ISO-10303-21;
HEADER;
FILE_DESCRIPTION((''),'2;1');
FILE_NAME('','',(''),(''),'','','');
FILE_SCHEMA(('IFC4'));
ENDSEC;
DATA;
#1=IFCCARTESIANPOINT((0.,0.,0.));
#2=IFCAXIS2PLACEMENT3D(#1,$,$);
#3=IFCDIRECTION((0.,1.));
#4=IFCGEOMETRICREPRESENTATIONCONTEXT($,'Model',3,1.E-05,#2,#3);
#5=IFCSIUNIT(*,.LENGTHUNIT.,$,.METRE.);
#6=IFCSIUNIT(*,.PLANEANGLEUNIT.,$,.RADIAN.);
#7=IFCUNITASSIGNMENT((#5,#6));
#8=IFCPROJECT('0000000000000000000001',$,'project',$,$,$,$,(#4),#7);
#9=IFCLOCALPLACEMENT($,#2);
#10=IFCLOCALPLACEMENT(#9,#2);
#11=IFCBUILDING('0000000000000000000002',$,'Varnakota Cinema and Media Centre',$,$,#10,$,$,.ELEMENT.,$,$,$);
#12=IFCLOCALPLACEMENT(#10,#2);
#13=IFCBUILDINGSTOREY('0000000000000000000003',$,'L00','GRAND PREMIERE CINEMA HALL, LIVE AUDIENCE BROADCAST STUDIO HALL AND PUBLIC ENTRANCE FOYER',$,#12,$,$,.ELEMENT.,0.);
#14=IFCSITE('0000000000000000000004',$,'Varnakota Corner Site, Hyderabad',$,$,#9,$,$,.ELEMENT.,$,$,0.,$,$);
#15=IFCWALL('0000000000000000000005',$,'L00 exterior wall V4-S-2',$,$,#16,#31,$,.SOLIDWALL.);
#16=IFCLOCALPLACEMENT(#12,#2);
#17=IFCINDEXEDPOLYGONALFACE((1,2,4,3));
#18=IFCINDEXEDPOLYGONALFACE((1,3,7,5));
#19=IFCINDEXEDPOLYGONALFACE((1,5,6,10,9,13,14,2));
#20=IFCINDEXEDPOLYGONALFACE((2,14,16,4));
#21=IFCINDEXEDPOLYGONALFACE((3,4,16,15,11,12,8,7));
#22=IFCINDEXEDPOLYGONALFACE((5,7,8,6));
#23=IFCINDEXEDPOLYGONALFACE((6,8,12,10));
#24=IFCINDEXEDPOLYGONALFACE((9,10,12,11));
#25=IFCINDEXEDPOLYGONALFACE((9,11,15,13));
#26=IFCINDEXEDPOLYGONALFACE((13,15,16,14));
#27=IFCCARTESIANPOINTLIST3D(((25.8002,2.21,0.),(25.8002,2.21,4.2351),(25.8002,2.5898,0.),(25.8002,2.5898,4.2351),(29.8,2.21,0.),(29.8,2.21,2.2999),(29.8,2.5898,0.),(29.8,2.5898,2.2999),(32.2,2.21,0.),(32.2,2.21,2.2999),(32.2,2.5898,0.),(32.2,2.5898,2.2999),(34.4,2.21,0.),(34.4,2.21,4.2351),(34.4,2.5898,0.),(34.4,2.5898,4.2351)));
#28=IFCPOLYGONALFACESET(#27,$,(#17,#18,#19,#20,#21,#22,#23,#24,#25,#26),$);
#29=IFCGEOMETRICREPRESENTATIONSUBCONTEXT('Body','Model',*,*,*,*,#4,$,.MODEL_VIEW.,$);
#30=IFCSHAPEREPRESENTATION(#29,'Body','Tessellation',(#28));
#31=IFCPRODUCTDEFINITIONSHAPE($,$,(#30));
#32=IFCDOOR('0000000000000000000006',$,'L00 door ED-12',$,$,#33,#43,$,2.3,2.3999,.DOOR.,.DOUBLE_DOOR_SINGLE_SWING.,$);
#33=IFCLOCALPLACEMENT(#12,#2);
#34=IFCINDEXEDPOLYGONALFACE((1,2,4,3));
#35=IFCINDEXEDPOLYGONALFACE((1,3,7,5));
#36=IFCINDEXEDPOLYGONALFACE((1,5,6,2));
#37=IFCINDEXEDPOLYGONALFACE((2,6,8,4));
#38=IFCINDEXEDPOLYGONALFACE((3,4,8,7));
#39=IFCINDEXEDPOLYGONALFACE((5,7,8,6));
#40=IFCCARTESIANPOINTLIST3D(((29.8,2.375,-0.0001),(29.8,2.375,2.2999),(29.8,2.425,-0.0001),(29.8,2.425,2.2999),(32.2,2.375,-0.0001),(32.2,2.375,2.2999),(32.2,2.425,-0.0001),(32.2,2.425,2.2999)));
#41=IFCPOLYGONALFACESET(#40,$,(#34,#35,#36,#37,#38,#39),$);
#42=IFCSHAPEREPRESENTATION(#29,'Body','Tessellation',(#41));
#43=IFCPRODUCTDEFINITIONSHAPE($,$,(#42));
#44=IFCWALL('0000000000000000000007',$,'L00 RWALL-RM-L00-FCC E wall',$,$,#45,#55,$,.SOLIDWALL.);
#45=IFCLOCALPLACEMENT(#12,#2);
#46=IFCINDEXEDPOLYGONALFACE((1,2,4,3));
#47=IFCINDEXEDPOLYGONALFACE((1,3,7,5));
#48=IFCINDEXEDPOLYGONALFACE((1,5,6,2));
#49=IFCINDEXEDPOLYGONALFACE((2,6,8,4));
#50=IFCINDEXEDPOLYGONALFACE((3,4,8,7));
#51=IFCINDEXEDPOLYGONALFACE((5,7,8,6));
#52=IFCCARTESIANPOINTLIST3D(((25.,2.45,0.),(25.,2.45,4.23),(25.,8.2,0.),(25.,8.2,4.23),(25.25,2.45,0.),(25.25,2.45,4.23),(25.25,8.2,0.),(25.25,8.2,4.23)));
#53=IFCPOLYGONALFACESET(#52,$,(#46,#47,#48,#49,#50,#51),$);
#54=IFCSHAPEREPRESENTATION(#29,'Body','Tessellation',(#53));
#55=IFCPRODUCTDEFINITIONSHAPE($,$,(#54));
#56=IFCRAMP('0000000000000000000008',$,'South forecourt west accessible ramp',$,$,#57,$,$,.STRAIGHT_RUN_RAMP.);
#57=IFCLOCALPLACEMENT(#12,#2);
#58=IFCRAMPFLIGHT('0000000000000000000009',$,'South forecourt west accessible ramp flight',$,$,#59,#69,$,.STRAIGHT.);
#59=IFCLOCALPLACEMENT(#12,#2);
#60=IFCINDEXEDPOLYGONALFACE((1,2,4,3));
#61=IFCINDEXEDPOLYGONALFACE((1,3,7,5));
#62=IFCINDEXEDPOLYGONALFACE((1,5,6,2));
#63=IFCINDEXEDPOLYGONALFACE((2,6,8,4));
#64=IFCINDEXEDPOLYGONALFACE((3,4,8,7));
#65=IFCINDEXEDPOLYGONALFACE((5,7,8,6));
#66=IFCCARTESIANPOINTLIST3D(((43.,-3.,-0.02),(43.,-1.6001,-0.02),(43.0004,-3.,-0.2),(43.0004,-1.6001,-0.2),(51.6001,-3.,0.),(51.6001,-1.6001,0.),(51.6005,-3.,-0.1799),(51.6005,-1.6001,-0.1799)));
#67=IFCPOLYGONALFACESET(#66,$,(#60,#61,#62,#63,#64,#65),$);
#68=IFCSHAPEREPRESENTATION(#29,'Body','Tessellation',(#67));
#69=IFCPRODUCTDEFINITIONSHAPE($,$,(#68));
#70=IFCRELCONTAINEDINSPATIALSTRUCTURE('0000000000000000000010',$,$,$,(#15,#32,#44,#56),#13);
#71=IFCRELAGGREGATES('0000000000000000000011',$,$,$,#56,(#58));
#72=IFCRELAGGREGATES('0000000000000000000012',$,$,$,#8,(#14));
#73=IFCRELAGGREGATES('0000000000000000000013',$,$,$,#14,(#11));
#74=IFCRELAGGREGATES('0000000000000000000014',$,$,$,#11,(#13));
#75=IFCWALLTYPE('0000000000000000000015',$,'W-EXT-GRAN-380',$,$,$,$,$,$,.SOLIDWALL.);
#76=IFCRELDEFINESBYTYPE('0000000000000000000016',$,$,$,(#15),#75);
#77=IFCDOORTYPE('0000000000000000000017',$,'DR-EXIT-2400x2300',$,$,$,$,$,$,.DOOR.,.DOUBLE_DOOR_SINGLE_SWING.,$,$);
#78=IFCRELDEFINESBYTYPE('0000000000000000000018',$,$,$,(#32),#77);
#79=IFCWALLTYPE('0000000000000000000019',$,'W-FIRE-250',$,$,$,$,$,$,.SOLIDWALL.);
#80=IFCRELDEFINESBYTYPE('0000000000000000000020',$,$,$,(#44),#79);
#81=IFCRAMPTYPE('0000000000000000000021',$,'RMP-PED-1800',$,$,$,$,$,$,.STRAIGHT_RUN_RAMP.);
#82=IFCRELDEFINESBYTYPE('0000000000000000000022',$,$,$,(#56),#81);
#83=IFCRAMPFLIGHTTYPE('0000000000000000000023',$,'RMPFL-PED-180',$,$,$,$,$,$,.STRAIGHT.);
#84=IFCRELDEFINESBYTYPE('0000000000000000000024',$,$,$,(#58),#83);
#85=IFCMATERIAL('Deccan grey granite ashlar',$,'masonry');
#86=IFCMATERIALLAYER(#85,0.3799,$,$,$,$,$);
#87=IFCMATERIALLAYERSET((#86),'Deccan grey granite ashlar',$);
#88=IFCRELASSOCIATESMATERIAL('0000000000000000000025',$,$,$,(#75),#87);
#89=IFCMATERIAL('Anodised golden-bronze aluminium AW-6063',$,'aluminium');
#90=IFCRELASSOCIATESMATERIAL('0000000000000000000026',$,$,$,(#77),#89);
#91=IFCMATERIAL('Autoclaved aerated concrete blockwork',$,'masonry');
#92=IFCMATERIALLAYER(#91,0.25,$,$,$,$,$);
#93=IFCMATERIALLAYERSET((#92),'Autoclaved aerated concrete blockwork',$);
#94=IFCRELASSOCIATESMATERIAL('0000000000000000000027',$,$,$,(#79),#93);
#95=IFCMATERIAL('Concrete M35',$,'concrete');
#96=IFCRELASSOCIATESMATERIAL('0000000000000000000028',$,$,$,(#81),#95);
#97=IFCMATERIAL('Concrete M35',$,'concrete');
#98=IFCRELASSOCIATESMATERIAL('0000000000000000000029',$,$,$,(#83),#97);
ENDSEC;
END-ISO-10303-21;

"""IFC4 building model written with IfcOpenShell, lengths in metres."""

from ifc_helpers import new_model, si_unit, direction, frame, frame_2d, origin, place, context, subcontext, project, spatial, polyline, rectangle, outline, extrude, material, layer, layer_set, type_object, element, fill, aggregate, save


model = new_model("IFC4")

# Units and contexts
model_context = context("Model", 3, precision=1e-05, world=origin(), true_north=direction((0.0, 1.0)))
body_context = subcontext(model_context, "Body", "Model", "MODEL_VIEW")
ifc_project = project(units=[si_unit("LENGTHUNIT", "METRE"), si_unit("PLANEANGLEUNIT", "RADIAN")], contexts=[model_context])

# Site, building, storey
site_placement = place(None, origin())
site = spatial("IfcSite", under=ifc_project, at=site_placement, Name="Varnakota Corner Site, Hyderabad", CompositionType="ELEMENT", RefElevation=0.0)
building_placement = place(site_placement, origin())
building = spatial("IfcBuilding", under=site, at=building_placement, Name="Varnakota Cinema and Media Centre", CompositionType="ELEMENT")
storey_placement = place(building_placement, origin())
storey = spatial("IfcBuildingStorey", under=building, at=storey_placement, Name="L00", Description="GRAND PREMIERE CINEMA HALL, LIVE AUDIENCE BROADCAST STUDIO HALL AND PUBLIC ENTRANCE FOYER", CompositionType="ELEMENT", Elevation=0.0)

# Shared definitions
ifc_material_1 = material(Name="Deccan grey granite ashlar", Category="masonry")
ifc_layer_1 = layer(ifc_material_1, 0.3799)
ifc_layer_set_1 = layer_set([ifc_layer_1], Name="Deccan grey granite ashlar")
wall_type_1 = type_object("IfcWallType", Name="W-EXT-GRAN-380", PredefinedType="SOLIDWALL", material=ifc_layer_set_1)

# Wall, opening, door
wall_1_placement = place(storey_placement, frame((34.3999, 2.3999, 0.0), z_axis=(0.0, 0.0, 1.0), x_axis=(-1.0, 0.0, 0.0)))
wall_1 = element("IfcWall", 1, at=wall_1_placement, inside=storey, type_object=wall_type_1, Name="L00 exterior wall V4-S-2", PredefinedType="SOLIDWALL", context=body_context, shape_type="SweptSolid", body=[
    extrude(rectangle(XDim=8.5999, YDim=0.3799, at=frame_2d((4.2998, 0.0))), origin(), (0.0, 0.0, 1.0), 4.2351),
])
opening_1_placement = place(wall_1_placement, frame((2.2, 0.0, 0.0)))
opening_1 = element("IfcOpeningElement", 2, at=opening_1_placement, cuts=wall_1, PredefinedType="OPENING", context=body_context, shape_type="SweptSolid", body=[
    extrude(rectangle(XDim=2.3999, YDim=2.3, at=frame_2d((1.2, 1.1499))), frame((0.0, 0.1899, 0.0), z_axis=(0.0, -1.0, 0.0), x_axis=(1.0, 0.0, 0.0)), (0.0, 0.0, 1.0), 0.3799),
])
ifc_material_2 = material(Name="Anodised golden-bronze aluminium AW-6063", Category="aluminium")
door_type_1 = type_object("IfcDoorType", Name="DR-EXIT-2400x2300", OperationType="DOUBLE_DOOR_SINGLE_SWING", PredefinedType="DOOR", material=ifc_material_2)
door_1_placement = place(opening_1_placement, origin())
door_1 = element("IfcDoor", 3, at=door_1_placement, inside=storey, type_object=door_type_1, Name="L00 door ED-12", OperationType="DOUBLE_DOOR_SINGLE_SWING", OverallHeight=2.3, OverallWidth=2.3999, PredefinedType="DOOR", context=body_context, shape_type="SweptSolid", body=[
    extrude(rectangle(XDim=2.3999, YDim=2.3, at=frame_2d((1.2, 1.1499))), frame((0.0, 0.0249, 0.0), z_axis=(0.0, -1.0, 0.0), x_axis=(1.0, 0.0, 0.0)), (0.0, 0.0, 1.0), 0.05),
])
fill(opening_1, door_1)

# Wall
ifc_material_3 = material(Name="Autoclaved aerated concrete blockwork", Category="masonry")
ifc_layer_2 = layer(ifc_material_3, 0.25)
ifc_layer_set_2 = layer_set([ifc_layer_2], Name="Autoclaved aerated concrete blockwork")
wall_type_2 = type_object("IfcWallType", Name="W-FIRE-250", PredefinedType="SOLIDWALL", material=ifc_layer_set_2)
wall_2_placement = place(storey_placement, frame((25.125, 8.2, 0.0), z_axis=(0.0, 0.0, 1.0), x_axis=(0.0, -1.0, 0.0)))
element("IfcWall", 4, at=wall_2_placement, inside=storey, type_object=wall_type_2, Name="L00 RWALL-RM-L00-FCC E wall", PredefinedType="SOLIDWALL", context=body_context, shape_type="SweptSolid", body=[
    extrude(rectangle(XDim=5.75, YDim=0.25, at=frame_2d((2.875, 0.0))), origin(), (0.0, 0.0, 1.0), 4.23),
])

# Ramp, ramp flight
ifc_material_4 = material(Name="Concrete M35", Category="concrete")
ramp_type = type_object("IfcRampType", Name="RMP-PED-1800", PredefinedType="STRAIGHT_RUN_RAMP", material=ifc_material_4)
ramp_placement = place(storey_placement, frame((47.3, -2.3, -0.0601), z_axis=(0.0, 0.0, 1.0), x_axis=(1.0, 0.0, 0.0)))
ramp = element("IfcRamp", 5, at=ramp_placement, inside=storey, type_object=ramp_type, Name="South forecourt west accessible ramp", PredefinedType="STRAIGHT_RUN_RAMP")
ifc_material_5 = material(Name="Concrete M35", Category="concrete")
ramp_flight_type = type_object("IfcRampFlightType", Name="RMPFL-PED-180", PredefinedType="STRAIGHT", material=ifc_material_5)
ramp_flight_placement = place(storey_placement, frame((43.0, -3.0, -0.02), z_axis=(-0.002328, 0.0, 0.999997), x_axis=(0.999997, 0.0, 0.002328)))
ramp_flight = element("IfcRampFlight", 6, at=ramp_flight_placement, type_object=ramp_flight_type, Name="South forecourt west accessible ramp flight", PredefinedType="STRAIGHT", context=body_context, shape_type="SweptSolid", body=[
    extrude(outline(polyline([(0.0, 0.0), (8.6001, 0.0), (8.6001, 1.3999), (0.0, 1.3999), (0.0, 0.0)])), origin(), (0.0, 0.0, -1.0), 0.1799),
])
aggregate(ramp, [ramp_flight])

save(model, "model.ifc")
